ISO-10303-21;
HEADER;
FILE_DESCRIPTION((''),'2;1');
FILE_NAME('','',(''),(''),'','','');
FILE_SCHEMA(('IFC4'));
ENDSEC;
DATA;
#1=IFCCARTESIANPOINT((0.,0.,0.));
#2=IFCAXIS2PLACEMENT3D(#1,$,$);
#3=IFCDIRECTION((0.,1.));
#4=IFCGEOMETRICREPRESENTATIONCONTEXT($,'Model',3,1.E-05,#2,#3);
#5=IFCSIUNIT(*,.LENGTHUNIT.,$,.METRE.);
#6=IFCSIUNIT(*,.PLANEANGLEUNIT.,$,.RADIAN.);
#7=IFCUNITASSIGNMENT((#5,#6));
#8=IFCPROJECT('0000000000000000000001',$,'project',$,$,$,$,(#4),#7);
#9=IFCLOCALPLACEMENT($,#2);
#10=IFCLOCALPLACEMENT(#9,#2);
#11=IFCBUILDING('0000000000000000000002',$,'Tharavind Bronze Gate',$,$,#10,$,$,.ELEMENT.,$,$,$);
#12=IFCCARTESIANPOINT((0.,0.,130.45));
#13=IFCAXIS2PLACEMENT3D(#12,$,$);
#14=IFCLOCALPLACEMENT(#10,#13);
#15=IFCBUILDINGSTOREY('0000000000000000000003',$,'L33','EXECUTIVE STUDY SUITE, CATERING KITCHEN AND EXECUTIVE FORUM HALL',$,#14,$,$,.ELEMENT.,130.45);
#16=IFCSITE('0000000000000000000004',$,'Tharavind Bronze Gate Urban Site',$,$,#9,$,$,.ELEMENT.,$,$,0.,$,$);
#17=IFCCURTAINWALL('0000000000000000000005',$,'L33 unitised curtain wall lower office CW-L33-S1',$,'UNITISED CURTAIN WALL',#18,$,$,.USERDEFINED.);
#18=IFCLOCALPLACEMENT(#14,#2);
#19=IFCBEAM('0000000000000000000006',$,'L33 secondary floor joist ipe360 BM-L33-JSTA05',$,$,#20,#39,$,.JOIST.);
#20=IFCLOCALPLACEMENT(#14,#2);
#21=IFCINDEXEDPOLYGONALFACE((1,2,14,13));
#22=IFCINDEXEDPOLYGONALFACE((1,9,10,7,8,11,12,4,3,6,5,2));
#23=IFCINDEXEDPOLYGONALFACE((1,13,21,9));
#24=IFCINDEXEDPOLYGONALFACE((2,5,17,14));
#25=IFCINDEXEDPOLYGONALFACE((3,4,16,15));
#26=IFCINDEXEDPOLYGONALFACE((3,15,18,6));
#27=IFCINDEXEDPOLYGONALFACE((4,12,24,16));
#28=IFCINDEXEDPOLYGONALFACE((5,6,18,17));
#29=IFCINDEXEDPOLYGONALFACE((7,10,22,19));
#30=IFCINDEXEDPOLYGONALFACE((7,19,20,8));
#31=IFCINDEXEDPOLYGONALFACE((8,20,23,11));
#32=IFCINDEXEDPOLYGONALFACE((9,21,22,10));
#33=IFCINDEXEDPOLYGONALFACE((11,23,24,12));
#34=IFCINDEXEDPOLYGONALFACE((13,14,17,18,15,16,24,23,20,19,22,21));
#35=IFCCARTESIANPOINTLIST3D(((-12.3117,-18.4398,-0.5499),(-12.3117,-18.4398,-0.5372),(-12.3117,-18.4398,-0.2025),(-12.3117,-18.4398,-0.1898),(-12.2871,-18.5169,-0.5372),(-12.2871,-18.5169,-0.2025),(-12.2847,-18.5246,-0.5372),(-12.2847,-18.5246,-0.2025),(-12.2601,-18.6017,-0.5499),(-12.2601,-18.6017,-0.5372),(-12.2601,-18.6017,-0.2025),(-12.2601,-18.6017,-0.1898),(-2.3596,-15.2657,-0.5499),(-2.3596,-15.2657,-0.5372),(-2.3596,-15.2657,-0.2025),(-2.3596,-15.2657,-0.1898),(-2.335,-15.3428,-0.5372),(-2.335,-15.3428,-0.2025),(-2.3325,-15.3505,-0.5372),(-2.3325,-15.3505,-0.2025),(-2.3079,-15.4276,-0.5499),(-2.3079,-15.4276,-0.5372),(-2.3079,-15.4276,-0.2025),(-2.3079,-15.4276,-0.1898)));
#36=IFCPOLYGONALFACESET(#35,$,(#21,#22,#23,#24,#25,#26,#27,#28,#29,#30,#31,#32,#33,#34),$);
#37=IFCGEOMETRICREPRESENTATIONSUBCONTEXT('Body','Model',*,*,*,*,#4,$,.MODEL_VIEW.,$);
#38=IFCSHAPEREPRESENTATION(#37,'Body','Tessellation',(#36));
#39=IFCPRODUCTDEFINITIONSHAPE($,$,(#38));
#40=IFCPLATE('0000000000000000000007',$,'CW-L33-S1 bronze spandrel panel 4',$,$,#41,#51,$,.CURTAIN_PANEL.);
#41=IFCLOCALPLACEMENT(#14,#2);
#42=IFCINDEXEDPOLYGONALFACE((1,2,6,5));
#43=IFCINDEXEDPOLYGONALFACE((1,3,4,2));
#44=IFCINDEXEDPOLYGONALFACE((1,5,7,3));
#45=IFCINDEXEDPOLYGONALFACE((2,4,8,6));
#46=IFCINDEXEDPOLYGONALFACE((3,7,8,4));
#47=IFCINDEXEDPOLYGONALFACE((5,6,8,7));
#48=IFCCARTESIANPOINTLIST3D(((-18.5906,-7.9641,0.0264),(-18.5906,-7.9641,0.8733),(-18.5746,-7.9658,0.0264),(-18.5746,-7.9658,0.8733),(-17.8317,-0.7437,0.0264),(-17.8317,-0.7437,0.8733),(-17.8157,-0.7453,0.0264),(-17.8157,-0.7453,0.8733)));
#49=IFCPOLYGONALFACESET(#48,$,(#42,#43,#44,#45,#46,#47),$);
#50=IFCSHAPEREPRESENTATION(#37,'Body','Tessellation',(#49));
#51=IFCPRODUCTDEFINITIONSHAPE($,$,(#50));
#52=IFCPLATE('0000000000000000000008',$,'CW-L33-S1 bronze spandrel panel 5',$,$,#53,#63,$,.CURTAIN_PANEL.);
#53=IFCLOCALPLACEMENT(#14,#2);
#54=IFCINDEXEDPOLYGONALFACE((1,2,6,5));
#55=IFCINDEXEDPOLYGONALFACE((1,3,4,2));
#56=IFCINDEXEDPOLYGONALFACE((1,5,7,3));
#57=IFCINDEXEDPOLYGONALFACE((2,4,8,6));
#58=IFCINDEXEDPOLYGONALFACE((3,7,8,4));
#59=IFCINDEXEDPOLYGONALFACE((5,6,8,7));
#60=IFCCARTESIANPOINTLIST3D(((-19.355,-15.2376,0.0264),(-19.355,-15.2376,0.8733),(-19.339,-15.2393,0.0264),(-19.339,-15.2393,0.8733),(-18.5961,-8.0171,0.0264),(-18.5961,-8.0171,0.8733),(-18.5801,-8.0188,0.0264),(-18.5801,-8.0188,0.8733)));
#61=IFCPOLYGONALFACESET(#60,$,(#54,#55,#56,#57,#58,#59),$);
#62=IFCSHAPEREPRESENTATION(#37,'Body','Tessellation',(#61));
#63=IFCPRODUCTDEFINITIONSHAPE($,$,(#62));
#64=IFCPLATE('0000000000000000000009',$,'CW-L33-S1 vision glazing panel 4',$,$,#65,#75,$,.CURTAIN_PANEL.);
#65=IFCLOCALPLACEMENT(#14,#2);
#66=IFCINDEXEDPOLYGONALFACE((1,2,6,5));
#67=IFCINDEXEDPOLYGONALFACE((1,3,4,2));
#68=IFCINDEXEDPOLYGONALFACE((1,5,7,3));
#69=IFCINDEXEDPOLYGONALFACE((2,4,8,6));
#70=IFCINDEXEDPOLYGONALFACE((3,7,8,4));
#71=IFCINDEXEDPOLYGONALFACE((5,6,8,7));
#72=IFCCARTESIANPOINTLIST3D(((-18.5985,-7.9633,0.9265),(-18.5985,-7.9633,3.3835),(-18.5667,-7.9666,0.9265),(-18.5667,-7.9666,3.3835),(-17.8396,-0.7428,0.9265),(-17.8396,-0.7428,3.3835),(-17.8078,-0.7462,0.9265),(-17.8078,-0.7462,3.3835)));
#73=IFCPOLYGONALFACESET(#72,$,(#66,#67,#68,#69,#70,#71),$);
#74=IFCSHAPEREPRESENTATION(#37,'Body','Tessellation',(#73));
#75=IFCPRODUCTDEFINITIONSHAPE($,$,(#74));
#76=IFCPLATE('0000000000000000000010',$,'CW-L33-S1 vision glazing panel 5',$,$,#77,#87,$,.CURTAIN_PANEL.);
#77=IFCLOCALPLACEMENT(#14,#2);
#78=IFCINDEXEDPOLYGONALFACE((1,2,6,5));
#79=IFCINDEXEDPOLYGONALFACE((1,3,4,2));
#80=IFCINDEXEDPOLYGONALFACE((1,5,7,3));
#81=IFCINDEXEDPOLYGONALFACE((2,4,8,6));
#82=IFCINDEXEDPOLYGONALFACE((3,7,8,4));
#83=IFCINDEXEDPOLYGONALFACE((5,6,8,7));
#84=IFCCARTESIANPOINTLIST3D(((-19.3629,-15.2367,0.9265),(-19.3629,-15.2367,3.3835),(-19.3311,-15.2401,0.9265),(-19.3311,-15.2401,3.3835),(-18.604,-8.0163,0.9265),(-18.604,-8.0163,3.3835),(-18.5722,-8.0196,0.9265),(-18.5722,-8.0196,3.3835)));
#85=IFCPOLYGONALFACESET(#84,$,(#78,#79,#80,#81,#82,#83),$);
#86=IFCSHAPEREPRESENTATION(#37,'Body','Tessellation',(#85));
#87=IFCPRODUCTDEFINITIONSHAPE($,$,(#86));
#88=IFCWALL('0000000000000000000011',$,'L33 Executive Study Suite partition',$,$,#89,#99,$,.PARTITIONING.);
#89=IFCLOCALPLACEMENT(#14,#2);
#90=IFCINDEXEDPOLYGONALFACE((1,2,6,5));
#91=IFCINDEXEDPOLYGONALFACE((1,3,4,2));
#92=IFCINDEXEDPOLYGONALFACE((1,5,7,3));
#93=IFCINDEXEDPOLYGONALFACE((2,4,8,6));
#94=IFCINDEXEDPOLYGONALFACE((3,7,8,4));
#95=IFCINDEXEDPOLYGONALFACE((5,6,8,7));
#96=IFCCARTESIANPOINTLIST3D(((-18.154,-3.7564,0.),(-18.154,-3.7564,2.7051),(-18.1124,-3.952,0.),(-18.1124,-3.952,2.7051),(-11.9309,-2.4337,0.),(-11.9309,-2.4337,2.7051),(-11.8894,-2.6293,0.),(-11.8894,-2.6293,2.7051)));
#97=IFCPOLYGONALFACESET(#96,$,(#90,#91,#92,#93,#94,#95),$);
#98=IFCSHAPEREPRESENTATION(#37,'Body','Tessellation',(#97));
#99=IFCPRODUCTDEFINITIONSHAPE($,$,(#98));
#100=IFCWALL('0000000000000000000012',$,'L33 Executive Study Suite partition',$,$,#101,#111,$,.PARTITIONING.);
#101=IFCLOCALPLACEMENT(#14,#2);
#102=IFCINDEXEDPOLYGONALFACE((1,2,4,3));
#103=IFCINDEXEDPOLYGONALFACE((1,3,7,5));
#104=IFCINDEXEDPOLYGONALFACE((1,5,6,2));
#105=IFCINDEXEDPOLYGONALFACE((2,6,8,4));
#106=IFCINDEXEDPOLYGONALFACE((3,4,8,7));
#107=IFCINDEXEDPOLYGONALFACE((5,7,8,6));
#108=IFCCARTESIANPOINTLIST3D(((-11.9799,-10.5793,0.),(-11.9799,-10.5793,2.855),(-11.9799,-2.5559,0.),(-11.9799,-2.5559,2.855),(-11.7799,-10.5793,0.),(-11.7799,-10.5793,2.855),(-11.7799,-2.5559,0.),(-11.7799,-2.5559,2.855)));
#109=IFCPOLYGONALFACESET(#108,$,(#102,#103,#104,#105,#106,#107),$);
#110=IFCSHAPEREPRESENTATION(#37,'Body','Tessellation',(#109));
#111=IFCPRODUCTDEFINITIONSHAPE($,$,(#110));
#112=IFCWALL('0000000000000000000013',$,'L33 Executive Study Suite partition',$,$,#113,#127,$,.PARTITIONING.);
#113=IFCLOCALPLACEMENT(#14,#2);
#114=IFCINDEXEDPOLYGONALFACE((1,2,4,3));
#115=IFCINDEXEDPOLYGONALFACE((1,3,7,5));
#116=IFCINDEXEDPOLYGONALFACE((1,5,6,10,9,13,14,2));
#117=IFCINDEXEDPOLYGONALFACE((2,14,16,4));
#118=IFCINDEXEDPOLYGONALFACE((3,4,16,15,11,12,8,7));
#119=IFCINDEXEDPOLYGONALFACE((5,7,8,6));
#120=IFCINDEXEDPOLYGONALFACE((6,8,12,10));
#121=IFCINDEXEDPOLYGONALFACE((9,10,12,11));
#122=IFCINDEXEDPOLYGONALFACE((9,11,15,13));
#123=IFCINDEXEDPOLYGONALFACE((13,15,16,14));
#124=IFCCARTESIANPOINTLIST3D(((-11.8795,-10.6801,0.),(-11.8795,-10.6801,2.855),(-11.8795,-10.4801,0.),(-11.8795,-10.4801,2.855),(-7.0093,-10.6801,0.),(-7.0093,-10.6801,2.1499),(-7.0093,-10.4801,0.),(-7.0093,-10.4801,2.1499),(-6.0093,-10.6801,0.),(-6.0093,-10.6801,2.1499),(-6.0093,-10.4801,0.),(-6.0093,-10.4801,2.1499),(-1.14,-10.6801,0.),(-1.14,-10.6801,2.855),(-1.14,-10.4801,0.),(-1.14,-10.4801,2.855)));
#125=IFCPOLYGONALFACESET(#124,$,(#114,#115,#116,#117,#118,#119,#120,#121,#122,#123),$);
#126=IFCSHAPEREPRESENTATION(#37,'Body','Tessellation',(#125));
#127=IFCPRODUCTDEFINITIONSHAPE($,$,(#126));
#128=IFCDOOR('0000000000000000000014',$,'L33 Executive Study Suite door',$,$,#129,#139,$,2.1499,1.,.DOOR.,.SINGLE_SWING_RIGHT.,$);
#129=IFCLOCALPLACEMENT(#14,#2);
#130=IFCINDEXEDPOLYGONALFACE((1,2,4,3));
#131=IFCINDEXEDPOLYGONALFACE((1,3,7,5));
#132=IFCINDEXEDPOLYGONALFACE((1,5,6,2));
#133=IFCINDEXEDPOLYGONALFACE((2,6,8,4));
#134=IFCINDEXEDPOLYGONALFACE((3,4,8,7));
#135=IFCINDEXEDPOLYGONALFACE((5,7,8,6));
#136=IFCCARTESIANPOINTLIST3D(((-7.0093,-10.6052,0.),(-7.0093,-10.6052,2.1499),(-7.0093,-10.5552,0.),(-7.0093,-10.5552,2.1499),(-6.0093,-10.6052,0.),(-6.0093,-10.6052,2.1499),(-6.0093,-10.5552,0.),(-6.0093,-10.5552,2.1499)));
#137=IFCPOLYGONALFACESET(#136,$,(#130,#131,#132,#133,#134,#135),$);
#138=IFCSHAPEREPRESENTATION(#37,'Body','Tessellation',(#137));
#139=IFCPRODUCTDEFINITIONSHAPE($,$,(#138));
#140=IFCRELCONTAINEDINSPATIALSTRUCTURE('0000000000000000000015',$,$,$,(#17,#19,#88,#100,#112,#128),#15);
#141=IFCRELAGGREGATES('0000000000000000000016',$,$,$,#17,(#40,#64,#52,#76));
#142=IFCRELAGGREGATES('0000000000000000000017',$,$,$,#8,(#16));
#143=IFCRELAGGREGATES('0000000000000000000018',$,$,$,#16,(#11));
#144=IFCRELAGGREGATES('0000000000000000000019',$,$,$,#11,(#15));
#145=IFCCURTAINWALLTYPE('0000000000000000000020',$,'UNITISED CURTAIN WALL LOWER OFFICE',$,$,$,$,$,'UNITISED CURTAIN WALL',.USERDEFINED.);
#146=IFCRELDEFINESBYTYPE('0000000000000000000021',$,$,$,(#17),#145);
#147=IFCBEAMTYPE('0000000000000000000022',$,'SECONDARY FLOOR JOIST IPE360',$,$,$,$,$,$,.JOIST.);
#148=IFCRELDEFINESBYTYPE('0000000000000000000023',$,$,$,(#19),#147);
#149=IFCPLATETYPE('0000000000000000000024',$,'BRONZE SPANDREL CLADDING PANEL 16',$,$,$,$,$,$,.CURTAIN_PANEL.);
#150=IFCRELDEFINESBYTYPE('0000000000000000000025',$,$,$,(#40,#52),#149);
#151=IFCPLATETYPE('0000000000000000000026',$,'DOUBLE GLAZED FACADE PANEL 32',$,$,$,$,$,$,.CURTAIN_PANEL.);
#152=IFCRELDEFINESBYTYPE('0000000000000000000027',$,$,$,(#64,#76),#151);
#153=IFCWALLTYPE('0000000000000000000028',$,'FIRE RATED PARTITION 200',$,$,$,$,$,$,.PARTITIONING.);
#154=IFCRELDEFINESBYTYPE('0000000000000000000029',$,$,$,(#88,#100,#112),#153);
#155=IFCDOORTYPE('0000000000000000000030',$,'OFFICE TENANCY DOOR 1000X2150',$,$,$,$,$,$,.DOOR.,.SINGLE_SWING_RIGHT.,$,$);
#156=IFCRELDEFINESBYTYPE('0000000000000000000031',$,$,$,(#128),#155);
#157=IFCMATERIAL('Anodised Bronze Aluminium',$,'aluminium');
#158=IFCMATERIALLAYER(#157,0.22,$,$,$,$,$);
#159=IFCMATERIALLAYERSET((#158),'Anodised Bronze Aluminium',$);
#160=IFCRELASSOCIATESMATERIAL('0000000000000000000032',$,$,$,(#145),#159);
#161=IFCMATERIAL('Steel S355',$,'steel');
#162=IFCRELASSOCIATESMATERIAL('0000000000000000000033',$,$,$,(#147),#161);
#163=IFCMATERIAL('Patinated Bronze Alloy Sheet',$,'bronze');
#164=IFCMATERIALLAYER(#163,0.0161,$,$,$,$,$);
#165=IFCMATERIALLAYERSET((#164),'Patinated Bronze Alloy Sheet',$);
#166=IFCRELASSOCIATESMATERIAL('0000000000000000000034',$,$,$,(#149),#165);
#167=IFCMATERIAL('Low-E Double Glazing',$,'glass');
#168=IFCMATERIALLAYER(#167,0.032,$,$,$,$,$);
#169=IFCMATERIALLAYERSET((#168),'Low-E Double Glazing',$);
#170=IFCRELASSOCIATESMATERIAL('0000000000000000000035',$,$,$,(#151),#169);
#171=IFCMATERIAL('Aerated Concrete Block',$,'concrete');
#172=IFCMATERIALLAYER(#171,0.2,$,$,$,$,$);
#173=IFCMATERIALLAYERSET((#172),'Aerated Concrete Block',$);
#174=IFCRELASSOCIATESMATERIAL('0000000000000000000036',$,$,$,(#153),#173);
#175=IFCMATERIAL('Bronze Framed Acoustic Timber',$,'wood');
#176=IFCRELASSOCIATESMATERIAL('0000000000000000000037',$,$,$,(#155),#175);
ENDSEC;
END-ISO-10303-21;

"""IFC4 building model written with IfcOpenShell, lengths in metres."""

from ifc_helpers import new_model, si_unit, direction, frame, frame_2d, origin, origin_2d, place, context, subcontext, project, spatial, rectangle, i_section, extrude, material, layer, layer_set, material_profile, profile_set, type_object, element, fill, aggregate, save


model = new_model("IFC4")

# Units and contexts
model_context = context("Model", 3, precision=1e-05, world=origin(), true_north=direction((0.0, 1.0)))
body_context = subcontext(model_context, "Body", "Model", "MODEL_VIEW")
ifc_project = project(units=[si_unit("LENGTHUNIT", "METRE"), si_unit("PLANEANGLEUNIT", "RADIAN")], contexts=[model_context])

# Site, building, storey
site_placement = place(None, origin())
site = spatial("IfcSite", under=ifc_project, at=site_placement, Name="Tharavind Bronze Gate Urban Site", CompositionType="ELEMENT", RefElevation=0.0)
building_placement = place(site_placement, origin())
building = spatial("IfcBuilding", under=site, at=building_placement, Name="Tharavind Bronze Gate", CompositionType="ELEMENT")
storey_placement = place(building_placement, frame((0.0, 0.0, 130.45)))
storey = spatial("IfcBuildingStorey", under=building, at=storey_placement, Name="L33", Description="EXECUTIVE STUDY SUITE, CATERING KITCHEN AND EXECUTIVE FORUM HALL", CompositionType="ELEMENT", Elevation=130.45)

# Curtain wall
ifc_material_1 = material(Name="Anodised Bronze Aluminium", Category="aluminium")
ifc_layer_1 = layer(ifc_material_1, 0.22)
ifc_layer_set_1 = layer_set([ifc_layer_1], Name="Anodised Bronze Aluminium")
curtain_wall_type = type_object("IfcCurtainWallType", Name="UNITISED CURTAIN WALL LOWER OFFICE", ElementType="UNITISED CURTAIN WALL", PredefinedType="USERDEFINED", material=ifc_layer_set_1)
curtain_wall_placement = place(storey_placement, origin())
curtain_wall = element("IfcCurtainWall", 1, at=curtain_wall_placement, inside=storey, type_object=curtain_wall_type, Name="L33 unitised curtain wall lower office CW-L33-S1", ObjectType="UNITISED CURTAIN WALL", PredefinedType="USERDEFINED")

# Beam
ifc_material_2 = material(Name="Steel S355", Category="steel")
ifc_material_profile_1 = material_profile(ifc_material_2, i_section(OverallWidth=0.1699, OverallDepth=0.3601, WebThickness=0.0081, FlangeThickness=0.0127, at=origin_2d()), Name="IPE360")
ifc_profile_set_1 = profile_set([ifc_material_profile_1], Name="Steel S355")
beam_type_1 = type_object("IfcBeamType", Name="SECONDARY FLOOR JOIST IPE360", PredefinedType="JOIST", material=ifc_profile_set_1)
beam_1_placement = place(storey_placement, frame((-12.2859, -18.5208, -0.3699), z_axis=(0.952719, 0.303854, 0.0), x_axis=(-0.303854, 0.952719, 0.0)))
element("IfcBeam", 2, at=beam_1_placement, inside=storey, type_object=beam_type_1, Name="L33 secondary floor joist ipe360 BM-L33-JSTA05", PredefinedType="JOIST", context=body_context, shape_type="SweptSolid", body=[
    extrude(i_section(OverallWidth=0.1699, OverallDepth=0.3601, WebThickness=0.0081, FlangeThickness=0.0127, at=origin_2d()), origin(), (0.0, 0.0, 1.0), 10.446),
])

# Plates
ifc_material_3 = material(Name="Patinated Bronze Alloy Sheet", Category="bronze")
ifc_layer_2 = layer(ifc_material_3, 0.0161)
ifc_layer_set_2 = layer_set([ifc_layer_2], Name="Patinated Bronze Alloy Sheet")
plate_type_1 = type_object("IfcPlateType", Name="BRONZE SPANDREL CLADDING PANEL 16", PredefinedType="CURTAIN_PANEL", material=ifc_layer_set_2)
plate_1_placement = place(storey_placement, frame((-18.2031, -4.3547, 0.0264), z_axis=(0.0, 0.0, 1.0), x_axis=(-0.104527, -0.994522, 0.0)))
plate_1 = element("IfcPlate", 3, at=plate_1_placement, type_object=plate_type_1, Name="CW-L33-S1 bronze spandrel panel 4", PredefinedType="CURTAIN_PANEL", context=body_context, shape_type="SweptSolid", body=[
    extrude(rectangle(XDim=7.2603, YDim=0.0161, at=origin_2d()), origin(), (0.0, 0.0, 1.0), 0.8469),
])
plate_2_placement = place(storey_placement, frame((-18.9675, -11.6282, 0.0264), z_axis=(0.0, 0.0, 1.0), x_axis=(-0.104527, -0.994522, 0.0)))
plate_2 = element("IfcPlate", 4, at=plate_2_placement, type_object=plate_type_1, Name="CW-L33-S1 bronze spandrel panel 5", PredefinedType="CURTAIN_PANEL", context=body_context, shape_type="SweptSolid", body=[
    extrude(rectangle(XDim=7.2603, YDim=0.0161, at=origin_2d()), origin(), (0.0, 0.0, 1.0), 0.8469),
])
ifc_material_4 = material(Name="Low-E Double Glazing", Category="glass")
ifc_layer_3 = layer(ifc_material_4, 0.032)
ifc_layer_set_3 = layer_set([ifc_layer_3], Name="Low-E Double Glazing")
plate_type_2 = type_object("IfcPlateType", Name="DOUBLE GLAZED FACADE PANEL 32", PredefinedType="CURTAIN_PANEL", material=ifc_layer_set_3)
plate_3_placement = place(storey_placement, frame((-18.2031, -4.3547, 0.9265), z_axis=(0.0, 0.0, 1.0), x_axis=(-0.104527, -0.994522, 0.0)))
plate_3 = element("IfcPlate", 5, at=plate_3_placement, type_object=plate_type_2, Name="CW-L33-S1 vision glazing panel 4", PredefinedType="CURTAIN_PANEL", context=body_context, shape_type="SweptSolid", body=[
    extrude(rectangle(XDim=7.2603, YDim=0.032, at=origin_2d()), origin(), (0.0, 0.0, 1.0), 2.457),
])
plate_4_placement = place(storey_placement, frame((-18.9675, -11.6282, 0.9265), z_axis=(0.0, 0.0, 1.0), x_axis=(-0.104527, -0.994522, 0.0)))
plate_4 = element("IfcPlate", 6, at=plate_4_placement, type_object=plate_type_2, Name="CW-L33-S1 vision glazing panel 5", PredefinedType="CURTAIN_PANEL", context=body_context, shape_type="SweptSolid", body=[
    extrude(rectangle(XDim=7.2603, YDim=0.032, at=origin_2d()), origin(), (0.0, 0.0, 1.0), 2.457),
])
aggregate(curtain_wall, [plate_1, plate_3, plate_2, plate_4])

# Walls
ifc_material_5 = material(Name="Aerated Concrete Block", Category="concrete")
ifc_layer_4 = layer(ifc_material_5, 0.2)
ifc_layer_set_4 = layer_set([ifc_layer_4], Name="Aerated Concrete Block")
wall_type = type_object("IfcWallType", Name="FIRE RATED PARTITION 200", PredefinedType="PARTITIONING", material=ifc_layer_set_4)
wall_1_placement = place(storey_placement, frame((-18.1333, -3.8542, 0.0), z_axis=(0.0, 0.0, 1.0), x_axis=(0.978148, 0.207909, 0.0)))
element("IfcWall", 7, at=wall_1_placement, inside=storey, type_object=wall_type, Name="L33 Executive Study Suite partition", PredefinedType="PARTITIONING", context=body_context, shape_type="SweptSolid", body=[
    extrude(rectangle(XDim=6.3621, YDim=0.2, at=frame_2d((3.1812, 0.0))), origin(), (0.0, 0.0, 1.0), 2.7051),
])
wall_2_placement = place(storey_placement, frame((-11.8799, -2.5559, 0.0), z_axis=(0.0, 0.0, 1.0), x_axis=(0.0, -1.0, 0.0)))
element("IfcWall", 8, at=wall_2_placement, inside=storey, type_object=wall_type, Name="L33 Executive Study Suite partition", PredefinedType="PARTITIONING", context=body_context, shape_type="SweptSolid", body=[
    extrude(rectangle(XDim=8.0234, YDim=0.2, at=frame_2d((4.0117, 0.0))), origin(), (0.0, 0.0, 1.0), 2.855),
])

# Wall, opening, door
wall_3_placement = place(storey_placement, frame((-11.8794, -10.5801, 0.0), z_axis=(0.0, 0.0, 1.0), x_axis=(1.0, 0.0, 0.0)))
wall_3 = element("IfcWall", 9, at=wall_3_placement, inside=storey, type_object=wall_type, Name="L33 Executive Study Suite partition", PredefinedType="PARTITIONING", context=body_context, shape_type="SweptSolid", body=[
    extrude(rectangle(XDim=10.7395, YDim=0.2, at=frame_2d((5.3696, 0.0))), origin(), (0.0, 0.0, 1.0), 2.855),
])
opening_placement = place(wall_3_placement, frame((4.8701, 0.0, 0.0)))
opening = element("IfcOpeningElement", 10, at=opening_placement, cuts=wall_3, PredefinedType="OPENING", context=body_context, shape_type="SweptSolid", body=[
    extrude(rectangle(XDim=1.0, YDim=2.1499, at=frame_2d((0.5, 1.075))), frame((0.0, 0.1101, 0.0), z_axis=(0.0, -1.0, 0.0), x_axis=(1.0, 0.0, 0.0)), (0.0, 0.0, 1.0), 0.22),
])
ifc_material_6 = material(Name="Bronze Framed Acoustic Timber", Category="wood")
door_type = type_object("IfcDoorType", Name="OFFICE TENANCY DOOR 1000X2150", OperationType="SINGLE_SWING_RIGHT", PredefinedType="DOOR", material=ifc_material_6)
door_placement = place(opening_placement, origin())
door = element("IfcDoor", 11, at=door_placement, inside=storey, type_object=door_type, Name="L33 Executive Study Suite door", OperationType="SINGLE_SWING_RIGHT", OverallHeight=2.1499, OverallWidth=1.0, PredefinedType="DOOR", context=body_context, shape_type="SweptSolid", body=[
    extrude(rectangle(XDim=1.0, YDim=2.1499, at=frame_2d((0.5, 1.075))), frame((0.0, 0.0249, 0.0), z_axis=(0.0, -1.0, 0.0), x_axis=(1.0, 0.0, 0.0)), (0.0, 0.0, 1.0), 0.05),
])
fill(opening, door)

save(model, "model.ifc")
